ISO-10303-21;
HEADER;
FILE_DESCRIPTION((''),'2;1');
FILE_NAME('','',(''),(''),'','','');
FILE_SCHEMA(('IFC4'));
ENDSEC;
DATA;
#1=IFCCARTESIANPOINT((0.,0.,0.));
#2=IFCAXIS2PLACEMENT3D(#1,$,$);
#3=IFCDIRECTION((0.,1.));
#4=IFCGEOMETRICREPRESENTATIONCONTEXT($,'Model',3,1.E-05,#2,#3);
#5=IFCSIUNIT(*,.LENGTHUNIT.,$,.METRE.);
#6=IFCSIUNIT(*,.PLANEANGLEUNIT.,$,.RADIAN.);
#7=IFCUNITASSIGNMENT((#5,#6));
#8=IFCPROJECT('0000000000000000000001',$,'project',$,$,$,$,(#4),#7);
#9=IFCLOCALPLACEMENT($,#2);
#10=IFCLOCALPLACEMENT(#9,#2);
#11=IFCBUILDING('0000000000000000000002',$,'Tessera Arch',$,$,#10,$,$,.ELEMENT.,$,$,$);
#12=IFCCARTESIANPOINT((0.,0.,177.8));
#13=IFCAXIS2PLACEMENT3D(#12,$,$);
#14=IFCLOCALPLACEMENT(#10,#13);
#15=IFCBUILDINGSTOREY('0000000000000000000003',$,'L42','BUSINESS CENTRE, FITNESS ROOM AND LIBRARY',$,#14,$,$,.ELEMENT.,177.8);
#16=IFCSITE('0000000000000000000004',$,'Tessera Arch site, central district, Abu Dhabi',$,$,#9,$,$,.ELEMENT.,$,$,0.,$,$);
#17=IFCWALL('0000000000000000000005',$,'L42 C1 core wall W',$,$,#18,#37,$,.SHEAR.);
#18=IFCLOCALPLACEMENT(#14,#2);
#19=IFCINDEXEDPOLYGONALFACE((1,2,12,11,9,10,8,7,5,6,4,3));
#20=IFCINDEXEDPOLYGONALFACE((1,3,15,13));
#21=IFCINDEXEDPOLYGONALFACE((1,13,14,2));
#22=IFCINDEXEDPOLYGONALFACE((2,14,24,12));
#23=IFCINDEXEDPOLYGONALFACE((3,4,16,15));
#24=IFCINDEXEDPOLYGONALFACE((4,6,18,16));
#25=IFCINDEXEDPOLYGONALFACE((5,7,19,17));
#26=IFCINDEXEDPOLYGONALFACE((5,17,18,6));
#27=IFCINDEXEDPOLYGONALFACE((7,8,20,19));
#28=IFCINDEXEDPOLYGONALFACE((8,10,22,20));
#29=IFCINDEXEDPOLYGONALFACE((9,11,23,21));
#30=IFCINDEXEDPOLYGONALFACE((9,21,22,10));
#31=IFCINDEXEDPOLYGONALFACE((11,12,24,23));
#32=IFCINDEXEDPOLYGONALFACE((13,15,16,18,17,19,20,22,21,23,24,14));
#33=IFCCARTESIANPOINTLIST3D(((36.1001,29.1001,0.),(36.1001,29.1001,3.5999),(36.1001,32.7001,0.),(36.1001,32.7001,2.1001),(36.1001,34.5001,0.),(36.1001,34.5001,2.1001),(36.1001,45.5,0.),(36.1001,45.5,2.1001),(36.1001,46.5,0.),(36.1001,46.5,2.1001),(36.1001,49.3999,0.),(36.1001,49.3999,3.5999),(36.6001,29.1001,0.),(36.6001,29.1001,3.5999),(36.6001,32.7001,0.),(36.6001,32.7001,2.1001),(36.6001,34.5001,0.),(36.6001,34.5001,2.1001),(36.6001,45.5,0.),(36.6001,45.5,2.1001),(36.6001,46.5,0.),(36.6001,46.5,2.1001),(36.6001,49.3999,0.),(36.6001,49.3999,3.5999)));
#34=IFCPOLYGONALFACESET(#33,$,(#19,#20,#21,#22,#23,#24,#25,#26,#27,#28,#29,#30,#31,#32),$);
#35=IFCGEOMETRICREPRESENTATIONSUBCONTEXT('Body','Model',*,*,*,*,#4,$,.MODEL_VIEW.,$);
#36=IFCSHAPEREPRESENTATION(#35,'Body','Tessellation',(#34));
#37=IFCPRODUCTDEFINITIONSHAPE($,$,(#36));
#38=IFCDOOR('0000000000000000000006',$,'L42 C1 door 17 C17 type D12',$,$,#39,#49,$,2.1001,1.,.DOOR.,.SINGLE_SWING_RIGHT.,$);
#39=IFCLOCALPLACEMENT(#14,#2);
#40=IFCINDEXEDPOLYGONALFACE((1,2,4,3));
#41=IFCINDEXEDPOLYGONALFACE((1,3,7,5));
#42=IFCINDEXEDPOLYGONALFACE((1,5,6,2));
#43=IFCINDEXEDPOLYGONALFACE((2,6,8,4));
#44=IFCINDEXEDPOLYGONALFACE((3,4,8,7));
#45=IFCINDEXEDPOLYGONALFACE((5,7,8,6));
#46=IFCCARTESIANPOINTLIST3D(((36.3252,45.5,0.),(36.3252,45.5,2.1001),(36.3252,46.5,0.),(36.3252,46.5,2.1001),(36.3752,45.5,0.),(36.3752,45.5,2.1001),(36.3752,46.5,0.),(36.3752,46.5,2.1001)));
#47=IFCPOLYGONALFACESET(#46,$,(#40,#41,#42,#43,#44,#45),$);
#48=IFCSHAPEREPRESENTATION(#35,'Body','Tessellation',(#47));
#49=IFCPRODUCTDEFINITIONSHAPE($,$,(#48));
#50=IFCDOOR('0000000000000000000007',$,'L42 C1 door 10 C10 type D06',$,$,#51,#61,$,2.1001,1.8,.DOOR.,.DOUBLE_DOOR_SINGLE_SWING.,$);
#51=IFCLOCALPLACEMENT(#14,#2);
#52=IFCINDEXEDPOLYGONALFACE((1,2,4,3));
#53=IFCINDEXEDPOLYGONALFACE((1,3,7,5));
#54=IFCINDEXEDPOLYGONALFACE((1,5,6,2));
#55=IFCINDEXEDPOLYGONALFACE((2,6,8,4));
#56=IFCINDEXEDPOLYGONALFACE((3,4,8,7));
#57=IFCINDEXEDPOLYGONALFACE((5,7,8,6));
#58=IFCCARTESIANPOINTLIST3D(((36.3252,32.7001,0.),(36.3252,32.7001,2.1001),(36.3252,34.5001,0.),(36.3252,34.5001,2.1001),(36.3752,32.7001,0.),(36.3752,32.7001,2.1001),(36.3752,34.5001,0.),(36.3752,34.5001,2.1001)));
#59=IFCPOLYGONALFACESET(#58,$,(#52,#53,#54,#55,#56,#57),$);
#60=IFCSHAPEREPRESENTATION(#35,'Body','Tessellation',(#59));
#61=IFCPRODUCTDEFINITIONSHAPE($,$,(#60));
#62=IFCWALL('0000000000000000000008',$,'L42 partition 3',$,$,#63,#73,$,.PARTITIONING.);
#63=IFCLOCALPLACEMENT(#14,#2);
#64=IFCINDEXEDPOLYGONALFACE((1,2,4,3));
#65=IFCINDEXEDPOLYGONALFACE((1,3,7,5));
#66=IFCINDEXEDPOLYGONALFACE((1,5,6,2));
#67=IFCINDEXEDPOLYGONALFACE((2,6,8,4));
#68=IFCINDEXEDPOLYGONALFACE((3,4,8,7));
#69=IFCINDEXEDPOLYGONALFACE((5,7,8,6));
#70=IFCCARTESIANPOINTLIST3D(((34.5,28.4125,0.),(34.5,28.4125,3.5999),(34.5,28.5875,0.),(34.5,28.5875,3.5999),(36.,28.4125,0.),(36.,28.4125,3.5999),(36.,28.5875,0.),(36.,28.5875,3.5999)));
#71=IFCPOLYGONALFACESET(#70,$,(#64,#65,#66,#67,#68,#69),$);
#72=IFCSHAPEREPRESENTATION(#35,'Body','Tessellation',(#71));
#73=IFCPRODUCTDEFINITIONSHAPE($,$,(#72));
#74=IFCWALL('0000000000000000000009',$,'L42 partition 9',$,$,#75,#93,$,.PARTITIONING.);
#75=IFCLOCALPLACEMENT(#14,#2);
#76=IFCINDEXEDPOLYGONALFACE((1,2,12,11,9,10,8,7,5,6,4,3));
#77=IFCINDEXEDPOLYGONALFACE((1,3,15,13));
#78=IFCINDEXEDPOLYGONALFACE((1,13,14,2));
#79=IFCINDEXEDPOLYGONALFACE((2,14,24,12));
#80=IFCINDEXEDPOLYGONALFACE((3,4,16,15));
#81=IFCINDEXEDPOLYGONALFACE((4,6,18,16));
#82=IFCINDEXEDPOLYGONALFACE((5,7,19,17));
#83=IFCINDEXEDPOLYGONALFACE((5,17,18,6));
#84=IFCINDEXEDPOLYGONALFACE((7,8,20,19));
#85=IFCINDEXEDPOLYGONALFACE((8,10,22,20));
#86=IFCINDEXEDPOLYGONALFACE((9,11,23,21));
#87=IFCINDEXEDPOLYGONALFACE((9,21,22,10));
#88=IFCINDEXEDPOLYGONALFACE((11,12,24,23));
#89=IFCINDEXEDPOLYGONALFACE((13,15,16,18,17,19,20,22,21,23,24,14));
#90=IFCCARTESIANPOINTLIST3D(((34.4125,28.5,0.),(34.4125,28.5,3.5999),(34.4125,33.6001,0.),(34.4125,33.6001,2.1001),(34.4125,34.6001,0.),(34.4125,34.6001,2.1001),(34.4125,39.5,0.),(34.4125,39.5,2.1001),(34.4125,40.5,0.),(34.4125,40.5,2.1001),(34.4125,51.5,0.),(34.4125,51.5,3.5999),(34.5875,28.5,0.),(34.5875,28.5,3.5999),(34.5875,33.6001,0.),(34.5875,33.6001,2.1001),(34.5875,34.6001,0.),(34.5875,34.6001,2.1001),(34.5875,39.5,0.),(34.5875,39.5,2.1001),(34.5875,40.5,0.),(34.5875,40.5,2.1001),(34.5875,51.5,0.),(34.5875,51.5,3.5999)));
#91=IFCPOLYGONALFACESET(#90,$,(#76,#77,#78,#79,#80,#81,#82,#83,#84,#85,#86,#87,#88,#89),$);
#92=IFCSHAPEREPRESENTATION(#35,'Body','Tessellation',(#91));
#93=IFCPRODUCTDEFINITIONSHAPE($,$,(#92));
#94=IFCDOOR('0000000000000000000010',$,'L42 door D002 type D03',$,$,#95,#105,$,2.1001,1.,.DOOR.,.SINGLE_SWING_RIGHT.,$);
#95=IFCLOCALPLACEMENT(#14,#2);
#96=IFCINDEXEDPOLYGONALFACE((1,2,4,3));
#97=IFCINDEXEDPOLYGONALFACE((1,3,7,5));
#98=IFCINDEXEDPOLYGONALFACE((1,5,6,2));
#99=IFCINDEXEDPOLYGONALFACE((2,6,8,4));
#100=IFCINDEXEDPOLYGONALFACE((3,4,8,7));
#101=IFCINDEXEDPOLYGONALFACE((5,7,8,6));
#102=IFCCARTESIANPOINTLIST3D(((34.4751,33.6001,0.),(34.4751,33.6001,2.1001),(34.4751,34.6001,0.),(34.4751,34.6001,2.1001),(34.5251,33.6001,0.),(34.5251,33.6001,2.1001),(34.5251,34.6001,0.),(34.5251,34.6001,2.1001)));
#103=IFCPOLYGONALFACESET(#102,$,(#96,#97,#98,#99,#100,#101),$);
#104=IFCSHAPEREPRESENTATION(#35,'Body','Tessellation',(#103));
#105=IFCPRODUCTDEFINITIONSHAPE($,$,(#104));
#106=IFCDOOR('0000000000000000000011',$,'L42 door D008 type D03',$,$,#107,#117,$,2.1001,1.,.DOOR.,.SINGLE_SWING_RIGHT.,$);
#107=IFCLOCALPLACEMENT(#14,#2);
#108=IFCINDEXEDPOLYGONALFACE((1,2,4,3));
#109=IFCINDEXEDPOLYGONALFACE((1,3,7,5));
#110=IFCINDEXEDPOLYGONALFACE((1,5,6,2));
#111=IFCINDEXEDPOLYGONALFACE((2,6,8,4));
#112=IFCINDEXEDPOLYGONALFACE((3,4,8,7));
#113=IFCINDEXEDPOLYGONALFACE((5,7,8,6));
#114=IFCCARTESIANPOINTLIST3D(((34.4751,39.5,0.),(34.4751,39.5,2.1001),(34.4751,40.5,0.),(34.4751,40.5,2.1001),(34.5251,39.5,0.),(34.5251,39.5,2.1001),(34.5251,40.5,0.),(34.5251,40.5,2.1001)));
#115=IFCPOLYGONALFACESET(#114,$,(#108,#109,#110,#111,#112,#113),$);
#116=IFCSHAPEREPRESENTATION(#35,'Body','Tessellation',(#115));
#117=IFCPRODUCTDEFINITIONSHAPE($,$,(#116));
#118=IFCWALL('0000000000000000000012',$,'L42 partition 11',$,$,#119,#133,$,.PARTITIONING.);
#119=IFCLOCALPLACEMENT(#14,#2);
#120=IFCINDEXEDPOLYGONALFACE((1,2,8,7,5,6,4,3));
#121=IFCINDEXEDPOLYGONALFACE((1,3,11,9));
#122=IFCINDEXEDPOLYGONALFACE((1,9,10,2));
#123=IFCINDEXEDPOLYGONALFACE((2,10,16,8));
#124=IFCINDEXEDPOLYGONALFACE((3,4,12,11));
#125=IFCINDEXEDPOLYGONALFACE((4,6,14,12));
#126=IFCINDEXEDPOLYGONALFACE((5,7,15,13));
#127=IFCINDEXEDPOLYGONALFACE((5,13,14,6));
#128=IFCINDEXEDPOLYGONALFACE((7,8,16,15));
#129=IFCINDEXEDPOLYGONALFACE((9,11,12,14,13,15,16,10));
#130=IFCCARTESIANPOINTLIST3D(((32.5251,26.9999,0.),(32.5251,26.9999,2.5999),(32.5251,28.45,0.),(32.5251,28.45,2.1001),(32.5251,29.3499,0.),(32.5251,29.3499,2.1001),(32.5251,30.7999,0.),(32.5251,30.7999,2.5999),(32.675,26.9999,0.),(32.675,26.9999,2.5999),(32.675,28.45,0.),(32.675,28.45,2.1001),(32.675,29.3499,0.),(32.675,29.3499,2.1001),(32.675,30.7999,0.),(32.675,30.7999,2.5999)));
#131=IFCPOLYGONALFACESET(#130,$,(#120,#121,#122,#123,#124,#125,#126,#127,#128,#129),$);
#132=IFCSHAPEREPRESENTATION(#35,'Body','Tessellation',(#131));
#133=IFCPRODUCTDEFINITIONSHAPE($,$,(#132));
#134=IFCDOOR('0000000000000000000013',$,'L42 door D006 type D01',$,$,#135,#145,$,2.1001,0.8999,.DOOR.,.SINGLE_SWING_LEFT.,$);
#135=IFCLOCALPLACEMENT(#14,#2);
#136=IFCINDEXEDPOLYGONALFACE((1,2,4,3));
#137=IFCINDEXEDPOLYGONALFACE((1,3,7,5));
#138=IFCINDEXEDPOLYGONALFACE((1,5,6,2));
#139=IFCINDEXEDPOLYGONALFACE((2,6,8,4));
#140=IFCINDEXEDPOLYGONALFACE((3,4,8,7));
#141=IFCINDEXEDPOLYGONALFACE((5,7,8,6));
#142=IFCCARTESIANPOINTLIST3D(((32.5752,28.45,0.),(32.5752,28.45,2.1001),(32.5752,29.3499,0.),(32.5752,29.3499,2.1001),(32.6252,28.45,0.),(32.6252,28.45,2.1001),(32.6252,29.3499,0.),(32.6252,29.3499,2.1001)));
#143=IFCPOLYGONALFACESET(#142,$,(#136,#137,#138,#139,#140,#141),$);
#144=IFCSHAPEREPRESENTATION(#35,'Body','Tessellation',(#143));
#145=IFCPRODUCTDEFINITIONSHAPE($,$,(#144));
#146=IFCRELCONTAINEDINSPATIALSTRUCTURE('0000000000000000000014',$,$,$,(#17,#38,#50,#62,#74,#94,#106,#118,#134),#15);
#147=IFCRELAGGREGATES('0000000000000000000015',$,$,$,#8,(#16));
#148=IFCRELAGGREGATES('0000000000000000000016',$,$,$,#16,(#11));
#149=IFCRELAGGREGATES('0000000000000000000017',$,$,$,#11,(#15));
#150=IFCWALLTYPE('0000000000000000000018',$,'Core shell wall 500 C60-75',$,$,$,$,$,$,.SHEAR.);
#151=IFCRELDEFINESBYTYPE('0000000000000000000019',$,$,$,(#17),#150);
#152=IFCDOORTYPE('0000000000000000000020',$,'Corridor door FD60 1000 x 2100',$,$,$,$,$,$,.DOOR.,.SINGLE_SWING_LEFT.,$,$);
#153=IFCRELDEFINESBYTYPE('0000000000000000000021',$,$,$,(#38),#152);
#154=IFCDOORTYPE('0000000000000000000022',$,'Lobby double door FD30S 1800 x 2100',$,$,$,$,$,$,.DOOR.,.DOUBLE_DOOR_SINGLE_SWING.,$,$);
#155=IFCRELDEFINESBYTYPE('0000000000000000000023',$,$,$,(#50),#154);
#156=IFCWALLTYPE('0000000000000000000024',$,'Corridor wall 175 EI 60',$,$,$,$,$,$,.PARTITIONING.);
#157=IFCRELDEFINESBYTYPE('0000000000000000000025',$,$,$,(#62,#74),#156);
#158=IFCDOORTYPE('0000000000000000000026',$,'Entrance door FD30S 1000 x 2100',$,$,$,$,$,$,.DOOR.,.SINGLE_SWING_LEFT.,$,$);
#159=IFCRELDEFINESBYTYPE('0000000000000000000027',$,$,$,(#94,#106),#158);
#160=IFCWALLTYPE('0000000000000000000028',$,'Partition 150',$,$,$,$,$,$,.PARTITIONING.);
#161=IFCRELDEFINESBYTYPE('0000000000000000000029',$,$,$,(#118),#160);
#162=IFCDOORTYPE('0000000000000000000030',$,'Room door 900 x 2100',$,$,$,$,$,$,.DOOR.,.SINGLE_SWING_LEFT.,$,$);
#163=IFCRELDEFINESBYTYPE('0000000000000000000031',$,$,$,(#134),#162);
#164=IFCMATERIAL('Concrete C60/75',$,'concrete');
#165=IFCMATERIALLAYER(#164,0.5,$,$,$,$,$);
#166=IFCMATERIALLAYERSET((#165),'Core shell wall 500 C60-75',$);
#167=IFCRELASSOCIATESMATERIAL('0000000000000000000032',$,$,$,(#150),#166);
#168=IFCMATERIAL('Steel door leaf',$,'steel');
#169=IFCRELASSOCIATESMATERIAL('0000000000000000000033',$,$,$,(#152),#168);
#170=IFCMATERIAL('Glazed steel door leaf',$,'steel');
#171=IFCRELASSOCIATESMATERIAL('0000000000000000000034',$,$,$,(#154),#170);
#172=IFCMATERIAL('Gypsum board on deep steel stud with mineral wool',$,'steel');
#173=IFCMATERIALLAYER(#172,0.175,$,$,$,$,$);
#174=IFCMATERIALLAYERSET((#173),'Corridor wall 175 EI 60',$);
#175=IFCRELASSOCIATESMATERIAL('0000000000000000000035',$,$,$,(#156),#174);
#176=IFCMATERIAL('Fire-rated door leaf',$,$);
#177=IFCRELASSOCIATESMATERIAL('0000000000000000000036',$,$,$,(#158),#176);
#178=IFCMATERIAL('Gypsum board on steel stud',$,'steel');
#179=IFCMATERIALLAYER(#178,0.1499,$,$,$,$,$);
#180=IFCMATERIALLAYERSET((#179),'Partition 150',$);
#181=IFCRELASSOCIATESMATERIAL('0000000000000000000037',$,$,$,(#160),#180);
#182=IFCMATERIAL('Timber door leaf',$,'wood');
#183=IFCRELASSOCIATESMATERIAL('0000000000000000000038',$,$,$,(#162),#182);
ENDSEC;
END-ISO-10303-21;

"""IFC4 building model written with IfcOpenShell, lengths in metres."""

from ifc_helpers import new_model, si_unit, direction, frame, frame_2d, origin, place, context, subcontext, project, spatial, rectangle, extrude, material, layer, layer_set, type_object, element, fill, save


model = new_model("IFC4")

# Units and contexts
model_context = context("Model", 3, precision=1e-05, world=origin(), true_north=direction((0.0, 1.0)))
body_context = subcontext(model_context, "Body", "Model", "MODEL_VIEW")
ifc_project = project(units=[si_unit("LENGTHUNIT", "METRE"), si_unit("PLANEANGLEUNIT", "RADIAN")], contexts=[model_context])

# Site, building, storey
site_placement = place(None, origin())
site = spatial("IfcSite", under=ifc_project, at=site_placement, Name="Tessera Arch site, central district, Abu Dhabi", CompositionType="ELEMENT", RefElevation=0.0)
building_placement = place(site_placement, origin())
building = spatial("IfcBuilding", under=site, at=building_placement, Name="Tessera Arch", CompositionType="ELEMENT")
storey_placement = place(building_placement, frame((0.0, 0.0, 177.8)))
storey = spatial("IfcBuildingStorey", under=building, at=storey_placement, Name="L42", Description="BUSINESS CENTRE, FITNESS ROOM AND LIBRARY", CompositionType="ELEMENT", Elevation=177.8)

# Wall, openings, doors
ifc_material_1 = material(Name="Concrete C60/75", Category="concrete")
ifc_layer_1 = layer(ifc_material_1, 0.5)
ifc_layer_set_1 = layer_set([ifc_layer_1], Name="Core shell wall 500 C60-75")
wall_type_1 = type_object("IfcWallType", Name="Core shell wall 500 C60-75", PredefinedType="SHEAR", material=ifc_layer_set_1)
wall_1_placement = place(storey_placement, frame((36.3501, 29.1001, 0.0), z_axis=(0.0, 0.0, 1.0), x_axis=(0.0, 1.0, 0.0)))
wall_1 = element("IfcWall", 1, at=wall_1_placement, inside=storey, type_object=wall_type_1, Name="L42 C1 core wall W", PredefinedType="SHEAR", context=body_context, shape_type="SweptSolid", body=[
    extrude(rectangle(XDim=20.2998, YDim=0.5, at=frame_2d((10.1499, 0.0))), origin(), (0.0, 0.0, 1.0), 3.5999),
])
opening_1_placement = place(wall_1_placement, frame((3.6001, 0.0, 0.0)))
opening_1 = element("IfcOpeningElement", 2, at=opening_1_placement, cuts=wall_1, PredefinedType="OPENING", context=body_context, shape_type="SweptSolid", body=[
    extrude(rectangle(XDim=1.8, YDim=2.1001, at=frame_2d((0.8999, 1.05))), frame((0.0, 0.26, 0.0), z_axis=(0.0, -1.0, 0.0), x_axis=(1.0, 0.0, 0.0)), (0.0, 0.0, 1.0), 0.52),
])
opening_2_placement = place(wall_1_placement, frame((16.3999, 0.0, 0.0)))
opening_2 = element("IfcOpeningElement", 3, at=opening_2_placement, cuts=wall_1, PredefinedType="OPENING", context=body_context, shape_type="SweptSolid", body=[
    extrude(rectangle(XDim=1.0, YDim=2.1001, at=frame_2d((0.5, 1.05))), frame((0.0, 0.26, 0.0), z_axis=(0.0, -1.0, 0.0), x_axis=(1.0, 0.0, 0.0)), (0.0, 0.0, 1.0), 0.52),
])
ifc_material_2 = material(Name="Steel door leaf", Category="steel")
door_type_1 = type_object("IfcDoorType", Name="Corridor door FD60 1000 x 2100", OperationType="SINGLE_SWING_LEFT", PredefinedType="DOOR", material=ifc_material_2)
door_1_placement = place(opening_2_placement, origin())
door_1 = element("IfcDoor", 4, at=door_1_placement, inside=storey, type_object=door_type_1, Name="L42 C1 door 17 C17 type D12", OperationType="SINGLE_SWING_RIGHT", OverallHeight=2.1001, OverallWidth=1.0, PredefinedType="DOOR", context=body_context, shape_type="SweptSolid", body=[
    extrude(rectangle(XDim=1.0, YDim=2.1001, at=frame_2d((0.5, 1.05))), frame((0.0, 0.0249, 0.0), z_axis=(0.0, -1.0, 0.0), x_axis=(1.0, 0.0, 0.0)), (0.0, 0.0, 1.0), 0.05),
])
fill(opening_2, door_1)
ifc_material_3 = material(Name="Glazed steel door leaf", Category="steel")
door_type_2 = type_object("IfcDoorType", Name="Lobby double door FD30S 1800 x 2100", OperationType="DOUBLE_DOOR_SINGLE_SWING", PredefinedType="DOOR", material=ifc_material_3)
door_2_placement = place(opening_1_placement, origin())
door_2 = element("IfcDoor", 5, at=door_2_placement, inside=storey, type_object=door_type_2, Name="L42 C1 door 10 C10 type D06", OperationType="DOUBLE_DOOR_SINGLE_SWING", OverallHeight=2.1001, OverallWidth=1.8, PredefinedType="DOOR", context=body_context, shape_type="SweptSolid", body=[
    extrude(rectangle(XDim=1.8, YDim=2.1001, at=frame_2d((0.8999, 1.05))), frame((0.0, 0.0249, 0.0), z_axis=(0.0, -1.0, 0.0), x_axis=(1.0, 0.0, 0.0)), (0.0, 0.0, 1.0), 0.05),
])
fill(opening_1, door_2)

# Wall
ifc_material_4 = material(Name="Gypsum board on deep steel stud with mineral wool", Category="steel")
ifc_layer_2 = layer(ifc_material_4, 0.175)
ifc_layer_set_2 = layer_set([ifc_layer_2], Name="Corridor wall 175 EI 60")
wall_type_2 = type_object("IfcWallType", Name="Corridor wall 175 EI 60", PredefinedType="PARTITIONING", material=ifc_layer_set_2)
wall_2_placement = place(storey_placement, frame((34.5, 28.5, 0.0), z_axis=(0.0, 0.0, 1.0), x_axis=(1.0, 0.0, 0.0)))
element("IfcWall", 6, at=wall_2_placement, inside=storey, type_object=wall_type_2, Name="L42 partition 3", PredefinedType="PARTITIONING", context=body_context, shape_type="SweptSolid", body=[
    extrude(rectangle(XDim=1.5, YDim=0.175, at=frame_2d((0.75, 0.0))), origin(), (0.0, 0.0, 1.0), 3.5999),
])

# Wall, openings, doors
wall_3_placement = place(storey_placement, frame((34.5, 28.5, 0.0), z_axis=(0.0, 0.0, 1.0), x_axis=(0.0, 1.0, 0.0)))
wall_3 = element("IfcWall", 7, at=wall_3_placement, inside=storey, type_object=wall_type_2, Name="L42 partition 9", PredefinedType="PARTITIONING", context=body_context, shape_type="SweptSolid", body=[
    extrude(rectangle(XDim=23.0, YDim=0.175, at=frame_2d((11.5, 0.0))), origin(), (0.0, 0.0, 1.0), 3.5999),
])
opening_3_placement = place(wall_3_placement, frame((5.1001, 0.0, 0.0)))
opening_3 = element("IfcOpeningElement", 8, at=opening_3_placement, cuts=wall_3, PredefinedType="OPENING", context=body_context, shape_type="SweptSolid", body=[
    extrude(rectangle(XDim=1.0, YDim=2.1001, at=frame_2d((0.5, 1.05))), frame((0.0, 0.0974, 0.0), z_axis=(0.0, -1.0, 0.0), x_axis=(1.0, 0.0, 0.0)), (0.0, 0.0, 1.0), 0.1951),
])
opening_4_placement = place(wall_3_placement, frame((11.0, 0.0, 0.0)))
opening_4 = element("IfcOpeningElement", 9, at=opening_4_placement, cuts=wall_3, PredefinedType="OPENING", context=body_context, shape_type="SweptSolid", body=[
    extrude(rectangle(XDim=1.0, YDim=2.1001, at=frame_2d((0.5, 1.05))), frame((0.0, 0.0974, 0.0), z_axis=(0.0, -1.0, 0.0), x_axis=(1.0, 0.0, 0.0)), (0.0, 0.0, 1.0), 0.1951),
])
ifc_material_5 = material(Name="Fire-rated door leaf")
door_type_3 = type_object("IfcDoorType", Name="Entrance door FD30S 1000 x 2100", OperationType="SINGLE_SWING_LEFT", PredefinedType="DOOR", material=ifc_material_5)
door_3_placement = place(opening_3_placement, origin())
door_3 = element("IfcDoor", 10, at=door_3_placement, inside=storey, type_object=door_type_3, Name="L42 door D002 type D03", OperationType="SINGLE_SWING_RIGHT", OverallHeight=2.1001, OverallWidth=1.0, PredefinedType="DOOR", context=body_context, shape_type="SweptSolid", body=[
    extrude(rectangle(XDim=1.0, YDim=2.1001, at=frame_2d((0.5, 1.05))), frame((0.0, 0.0249, 0.0), z_axis=(0.0, -1.0, 0.0), x_axis=(1.0, 0.0, 0.0)), (0.0, 0.0, 1.0), 0.05),
])
fill(opening_3, door_3)
door_4_placement = place(opening_4_placement, origin())
door_4 = element("IfcDoor", 11, at=door_4_placement, inside=storey, type_object=door_type_3, Name="L42 door D008 type D03", OperationType="SINGLE_SWING_RIGHT", OverallHeight=2.1001, OverallWidth=1.0, PredefinedType="DOOR", context=body_context, shape_type="SweptSolid", body=[
    extrude(rectangle(XDim=1.0, YDim=2.1001, at=frame_2d((0.5, 1.05))), frame((0.0, 0.0249, 0.0), z_axis=(0.0, -1.0, 0.0), x_axis=(1.0, 0.0, 0.0)), (0.0, 0.0, 1.0), 0.05),
])
fill(opening_4, door_4)

# Wall, opening, door
ifc_material_6 = material(Name="Gypsum board on steel stud", Category="steel")
ifc_layer_3 = layer(ifc_material_6, 0.1499)
ifc_layer_set_3 = layer_set([ifc_layer_3], Name="Partition 150")
wall_type_3 = type_object("IfcWallType", Name="Partition 150", PredefinedType="PARTITIONING", material=ifc_layer_set_3)
wall_4_placement = place(storey_placement, frame((32.6001, 27.0, 0.0), z_axis=(0.0, 0.0, 1.0), x_axis=(0.0, 1.0, 0.0)))
wall_4 = element("IfcWall", 12, at=wall_4_placement, inside=storey, type_object=wall_type_3, Name="L42 partition 11", PredefinedType="PARTITIONING", context=body_context, shape_type="SweptSolid", body=[
    extrude(rectangle(XDim=3.8, YDim=0.1499, at=frame_2d((1.8999, 0.0))), origin(), (0.0, 0.0, 1.0), 2.5999),
])
opening_5_placement = place(wall_4_placement, frame((1.45, 0.0, 0.0)))
opening_5 = element("IfcOpeningElement", 13, at=opening_5_placement, cuts=wall_4, PredefinedType="OPENING", context=body_context, shape_type="SweptSolid", body=[
    extrude(rectangle(XDim=0.8999, YDim=2.1001, at=frame_2d((0.45, 1.05))), frame((0.0, 0.085, 0.0), z_axis=(0.0, -1.0, 0.0), x_axis=(1.0, 0.0, 0.0)), (0.0, 0.0, 1.0), 0.1699),
])
ifc_material_7 = material(Name="Timber door leaf", Category="wood")
door_type_4 = type_object("IfcDoorType", Name="Room door 900 x 2100", OperationType="SINGLE_SWING_LEFT", PredefinedType="DOOR", material=ifc_material_7)
door_5_placement = place(opening_5_placement, origin())
door_5 = element("IfcDoor", 14, at=door_5_placement, inside=storey, type_object=door_type_4, Name="L42 door D006 type D01", OperationType="SINGLE_SWING_LEFT", OverallHeight=2.1001, OverallWidth=0.8999, PredefinedType="DOOR", context=body_context, shape_type="SweptSolid", body=[
    extrude(rectangle(XDim=0.8999, YDim=2.1001, at=frame_2d((0.45, 1.05))), frame((0.0, 0.0249, 0.0), z_axis=(0.0, -1.0, 0.0), x_axis=(1.0, 0.0, 0.0)), (0.0, 0.0, 1.0), 0.05),
])
fill(opening_5, door_5)

save(model, "model.ifc")
